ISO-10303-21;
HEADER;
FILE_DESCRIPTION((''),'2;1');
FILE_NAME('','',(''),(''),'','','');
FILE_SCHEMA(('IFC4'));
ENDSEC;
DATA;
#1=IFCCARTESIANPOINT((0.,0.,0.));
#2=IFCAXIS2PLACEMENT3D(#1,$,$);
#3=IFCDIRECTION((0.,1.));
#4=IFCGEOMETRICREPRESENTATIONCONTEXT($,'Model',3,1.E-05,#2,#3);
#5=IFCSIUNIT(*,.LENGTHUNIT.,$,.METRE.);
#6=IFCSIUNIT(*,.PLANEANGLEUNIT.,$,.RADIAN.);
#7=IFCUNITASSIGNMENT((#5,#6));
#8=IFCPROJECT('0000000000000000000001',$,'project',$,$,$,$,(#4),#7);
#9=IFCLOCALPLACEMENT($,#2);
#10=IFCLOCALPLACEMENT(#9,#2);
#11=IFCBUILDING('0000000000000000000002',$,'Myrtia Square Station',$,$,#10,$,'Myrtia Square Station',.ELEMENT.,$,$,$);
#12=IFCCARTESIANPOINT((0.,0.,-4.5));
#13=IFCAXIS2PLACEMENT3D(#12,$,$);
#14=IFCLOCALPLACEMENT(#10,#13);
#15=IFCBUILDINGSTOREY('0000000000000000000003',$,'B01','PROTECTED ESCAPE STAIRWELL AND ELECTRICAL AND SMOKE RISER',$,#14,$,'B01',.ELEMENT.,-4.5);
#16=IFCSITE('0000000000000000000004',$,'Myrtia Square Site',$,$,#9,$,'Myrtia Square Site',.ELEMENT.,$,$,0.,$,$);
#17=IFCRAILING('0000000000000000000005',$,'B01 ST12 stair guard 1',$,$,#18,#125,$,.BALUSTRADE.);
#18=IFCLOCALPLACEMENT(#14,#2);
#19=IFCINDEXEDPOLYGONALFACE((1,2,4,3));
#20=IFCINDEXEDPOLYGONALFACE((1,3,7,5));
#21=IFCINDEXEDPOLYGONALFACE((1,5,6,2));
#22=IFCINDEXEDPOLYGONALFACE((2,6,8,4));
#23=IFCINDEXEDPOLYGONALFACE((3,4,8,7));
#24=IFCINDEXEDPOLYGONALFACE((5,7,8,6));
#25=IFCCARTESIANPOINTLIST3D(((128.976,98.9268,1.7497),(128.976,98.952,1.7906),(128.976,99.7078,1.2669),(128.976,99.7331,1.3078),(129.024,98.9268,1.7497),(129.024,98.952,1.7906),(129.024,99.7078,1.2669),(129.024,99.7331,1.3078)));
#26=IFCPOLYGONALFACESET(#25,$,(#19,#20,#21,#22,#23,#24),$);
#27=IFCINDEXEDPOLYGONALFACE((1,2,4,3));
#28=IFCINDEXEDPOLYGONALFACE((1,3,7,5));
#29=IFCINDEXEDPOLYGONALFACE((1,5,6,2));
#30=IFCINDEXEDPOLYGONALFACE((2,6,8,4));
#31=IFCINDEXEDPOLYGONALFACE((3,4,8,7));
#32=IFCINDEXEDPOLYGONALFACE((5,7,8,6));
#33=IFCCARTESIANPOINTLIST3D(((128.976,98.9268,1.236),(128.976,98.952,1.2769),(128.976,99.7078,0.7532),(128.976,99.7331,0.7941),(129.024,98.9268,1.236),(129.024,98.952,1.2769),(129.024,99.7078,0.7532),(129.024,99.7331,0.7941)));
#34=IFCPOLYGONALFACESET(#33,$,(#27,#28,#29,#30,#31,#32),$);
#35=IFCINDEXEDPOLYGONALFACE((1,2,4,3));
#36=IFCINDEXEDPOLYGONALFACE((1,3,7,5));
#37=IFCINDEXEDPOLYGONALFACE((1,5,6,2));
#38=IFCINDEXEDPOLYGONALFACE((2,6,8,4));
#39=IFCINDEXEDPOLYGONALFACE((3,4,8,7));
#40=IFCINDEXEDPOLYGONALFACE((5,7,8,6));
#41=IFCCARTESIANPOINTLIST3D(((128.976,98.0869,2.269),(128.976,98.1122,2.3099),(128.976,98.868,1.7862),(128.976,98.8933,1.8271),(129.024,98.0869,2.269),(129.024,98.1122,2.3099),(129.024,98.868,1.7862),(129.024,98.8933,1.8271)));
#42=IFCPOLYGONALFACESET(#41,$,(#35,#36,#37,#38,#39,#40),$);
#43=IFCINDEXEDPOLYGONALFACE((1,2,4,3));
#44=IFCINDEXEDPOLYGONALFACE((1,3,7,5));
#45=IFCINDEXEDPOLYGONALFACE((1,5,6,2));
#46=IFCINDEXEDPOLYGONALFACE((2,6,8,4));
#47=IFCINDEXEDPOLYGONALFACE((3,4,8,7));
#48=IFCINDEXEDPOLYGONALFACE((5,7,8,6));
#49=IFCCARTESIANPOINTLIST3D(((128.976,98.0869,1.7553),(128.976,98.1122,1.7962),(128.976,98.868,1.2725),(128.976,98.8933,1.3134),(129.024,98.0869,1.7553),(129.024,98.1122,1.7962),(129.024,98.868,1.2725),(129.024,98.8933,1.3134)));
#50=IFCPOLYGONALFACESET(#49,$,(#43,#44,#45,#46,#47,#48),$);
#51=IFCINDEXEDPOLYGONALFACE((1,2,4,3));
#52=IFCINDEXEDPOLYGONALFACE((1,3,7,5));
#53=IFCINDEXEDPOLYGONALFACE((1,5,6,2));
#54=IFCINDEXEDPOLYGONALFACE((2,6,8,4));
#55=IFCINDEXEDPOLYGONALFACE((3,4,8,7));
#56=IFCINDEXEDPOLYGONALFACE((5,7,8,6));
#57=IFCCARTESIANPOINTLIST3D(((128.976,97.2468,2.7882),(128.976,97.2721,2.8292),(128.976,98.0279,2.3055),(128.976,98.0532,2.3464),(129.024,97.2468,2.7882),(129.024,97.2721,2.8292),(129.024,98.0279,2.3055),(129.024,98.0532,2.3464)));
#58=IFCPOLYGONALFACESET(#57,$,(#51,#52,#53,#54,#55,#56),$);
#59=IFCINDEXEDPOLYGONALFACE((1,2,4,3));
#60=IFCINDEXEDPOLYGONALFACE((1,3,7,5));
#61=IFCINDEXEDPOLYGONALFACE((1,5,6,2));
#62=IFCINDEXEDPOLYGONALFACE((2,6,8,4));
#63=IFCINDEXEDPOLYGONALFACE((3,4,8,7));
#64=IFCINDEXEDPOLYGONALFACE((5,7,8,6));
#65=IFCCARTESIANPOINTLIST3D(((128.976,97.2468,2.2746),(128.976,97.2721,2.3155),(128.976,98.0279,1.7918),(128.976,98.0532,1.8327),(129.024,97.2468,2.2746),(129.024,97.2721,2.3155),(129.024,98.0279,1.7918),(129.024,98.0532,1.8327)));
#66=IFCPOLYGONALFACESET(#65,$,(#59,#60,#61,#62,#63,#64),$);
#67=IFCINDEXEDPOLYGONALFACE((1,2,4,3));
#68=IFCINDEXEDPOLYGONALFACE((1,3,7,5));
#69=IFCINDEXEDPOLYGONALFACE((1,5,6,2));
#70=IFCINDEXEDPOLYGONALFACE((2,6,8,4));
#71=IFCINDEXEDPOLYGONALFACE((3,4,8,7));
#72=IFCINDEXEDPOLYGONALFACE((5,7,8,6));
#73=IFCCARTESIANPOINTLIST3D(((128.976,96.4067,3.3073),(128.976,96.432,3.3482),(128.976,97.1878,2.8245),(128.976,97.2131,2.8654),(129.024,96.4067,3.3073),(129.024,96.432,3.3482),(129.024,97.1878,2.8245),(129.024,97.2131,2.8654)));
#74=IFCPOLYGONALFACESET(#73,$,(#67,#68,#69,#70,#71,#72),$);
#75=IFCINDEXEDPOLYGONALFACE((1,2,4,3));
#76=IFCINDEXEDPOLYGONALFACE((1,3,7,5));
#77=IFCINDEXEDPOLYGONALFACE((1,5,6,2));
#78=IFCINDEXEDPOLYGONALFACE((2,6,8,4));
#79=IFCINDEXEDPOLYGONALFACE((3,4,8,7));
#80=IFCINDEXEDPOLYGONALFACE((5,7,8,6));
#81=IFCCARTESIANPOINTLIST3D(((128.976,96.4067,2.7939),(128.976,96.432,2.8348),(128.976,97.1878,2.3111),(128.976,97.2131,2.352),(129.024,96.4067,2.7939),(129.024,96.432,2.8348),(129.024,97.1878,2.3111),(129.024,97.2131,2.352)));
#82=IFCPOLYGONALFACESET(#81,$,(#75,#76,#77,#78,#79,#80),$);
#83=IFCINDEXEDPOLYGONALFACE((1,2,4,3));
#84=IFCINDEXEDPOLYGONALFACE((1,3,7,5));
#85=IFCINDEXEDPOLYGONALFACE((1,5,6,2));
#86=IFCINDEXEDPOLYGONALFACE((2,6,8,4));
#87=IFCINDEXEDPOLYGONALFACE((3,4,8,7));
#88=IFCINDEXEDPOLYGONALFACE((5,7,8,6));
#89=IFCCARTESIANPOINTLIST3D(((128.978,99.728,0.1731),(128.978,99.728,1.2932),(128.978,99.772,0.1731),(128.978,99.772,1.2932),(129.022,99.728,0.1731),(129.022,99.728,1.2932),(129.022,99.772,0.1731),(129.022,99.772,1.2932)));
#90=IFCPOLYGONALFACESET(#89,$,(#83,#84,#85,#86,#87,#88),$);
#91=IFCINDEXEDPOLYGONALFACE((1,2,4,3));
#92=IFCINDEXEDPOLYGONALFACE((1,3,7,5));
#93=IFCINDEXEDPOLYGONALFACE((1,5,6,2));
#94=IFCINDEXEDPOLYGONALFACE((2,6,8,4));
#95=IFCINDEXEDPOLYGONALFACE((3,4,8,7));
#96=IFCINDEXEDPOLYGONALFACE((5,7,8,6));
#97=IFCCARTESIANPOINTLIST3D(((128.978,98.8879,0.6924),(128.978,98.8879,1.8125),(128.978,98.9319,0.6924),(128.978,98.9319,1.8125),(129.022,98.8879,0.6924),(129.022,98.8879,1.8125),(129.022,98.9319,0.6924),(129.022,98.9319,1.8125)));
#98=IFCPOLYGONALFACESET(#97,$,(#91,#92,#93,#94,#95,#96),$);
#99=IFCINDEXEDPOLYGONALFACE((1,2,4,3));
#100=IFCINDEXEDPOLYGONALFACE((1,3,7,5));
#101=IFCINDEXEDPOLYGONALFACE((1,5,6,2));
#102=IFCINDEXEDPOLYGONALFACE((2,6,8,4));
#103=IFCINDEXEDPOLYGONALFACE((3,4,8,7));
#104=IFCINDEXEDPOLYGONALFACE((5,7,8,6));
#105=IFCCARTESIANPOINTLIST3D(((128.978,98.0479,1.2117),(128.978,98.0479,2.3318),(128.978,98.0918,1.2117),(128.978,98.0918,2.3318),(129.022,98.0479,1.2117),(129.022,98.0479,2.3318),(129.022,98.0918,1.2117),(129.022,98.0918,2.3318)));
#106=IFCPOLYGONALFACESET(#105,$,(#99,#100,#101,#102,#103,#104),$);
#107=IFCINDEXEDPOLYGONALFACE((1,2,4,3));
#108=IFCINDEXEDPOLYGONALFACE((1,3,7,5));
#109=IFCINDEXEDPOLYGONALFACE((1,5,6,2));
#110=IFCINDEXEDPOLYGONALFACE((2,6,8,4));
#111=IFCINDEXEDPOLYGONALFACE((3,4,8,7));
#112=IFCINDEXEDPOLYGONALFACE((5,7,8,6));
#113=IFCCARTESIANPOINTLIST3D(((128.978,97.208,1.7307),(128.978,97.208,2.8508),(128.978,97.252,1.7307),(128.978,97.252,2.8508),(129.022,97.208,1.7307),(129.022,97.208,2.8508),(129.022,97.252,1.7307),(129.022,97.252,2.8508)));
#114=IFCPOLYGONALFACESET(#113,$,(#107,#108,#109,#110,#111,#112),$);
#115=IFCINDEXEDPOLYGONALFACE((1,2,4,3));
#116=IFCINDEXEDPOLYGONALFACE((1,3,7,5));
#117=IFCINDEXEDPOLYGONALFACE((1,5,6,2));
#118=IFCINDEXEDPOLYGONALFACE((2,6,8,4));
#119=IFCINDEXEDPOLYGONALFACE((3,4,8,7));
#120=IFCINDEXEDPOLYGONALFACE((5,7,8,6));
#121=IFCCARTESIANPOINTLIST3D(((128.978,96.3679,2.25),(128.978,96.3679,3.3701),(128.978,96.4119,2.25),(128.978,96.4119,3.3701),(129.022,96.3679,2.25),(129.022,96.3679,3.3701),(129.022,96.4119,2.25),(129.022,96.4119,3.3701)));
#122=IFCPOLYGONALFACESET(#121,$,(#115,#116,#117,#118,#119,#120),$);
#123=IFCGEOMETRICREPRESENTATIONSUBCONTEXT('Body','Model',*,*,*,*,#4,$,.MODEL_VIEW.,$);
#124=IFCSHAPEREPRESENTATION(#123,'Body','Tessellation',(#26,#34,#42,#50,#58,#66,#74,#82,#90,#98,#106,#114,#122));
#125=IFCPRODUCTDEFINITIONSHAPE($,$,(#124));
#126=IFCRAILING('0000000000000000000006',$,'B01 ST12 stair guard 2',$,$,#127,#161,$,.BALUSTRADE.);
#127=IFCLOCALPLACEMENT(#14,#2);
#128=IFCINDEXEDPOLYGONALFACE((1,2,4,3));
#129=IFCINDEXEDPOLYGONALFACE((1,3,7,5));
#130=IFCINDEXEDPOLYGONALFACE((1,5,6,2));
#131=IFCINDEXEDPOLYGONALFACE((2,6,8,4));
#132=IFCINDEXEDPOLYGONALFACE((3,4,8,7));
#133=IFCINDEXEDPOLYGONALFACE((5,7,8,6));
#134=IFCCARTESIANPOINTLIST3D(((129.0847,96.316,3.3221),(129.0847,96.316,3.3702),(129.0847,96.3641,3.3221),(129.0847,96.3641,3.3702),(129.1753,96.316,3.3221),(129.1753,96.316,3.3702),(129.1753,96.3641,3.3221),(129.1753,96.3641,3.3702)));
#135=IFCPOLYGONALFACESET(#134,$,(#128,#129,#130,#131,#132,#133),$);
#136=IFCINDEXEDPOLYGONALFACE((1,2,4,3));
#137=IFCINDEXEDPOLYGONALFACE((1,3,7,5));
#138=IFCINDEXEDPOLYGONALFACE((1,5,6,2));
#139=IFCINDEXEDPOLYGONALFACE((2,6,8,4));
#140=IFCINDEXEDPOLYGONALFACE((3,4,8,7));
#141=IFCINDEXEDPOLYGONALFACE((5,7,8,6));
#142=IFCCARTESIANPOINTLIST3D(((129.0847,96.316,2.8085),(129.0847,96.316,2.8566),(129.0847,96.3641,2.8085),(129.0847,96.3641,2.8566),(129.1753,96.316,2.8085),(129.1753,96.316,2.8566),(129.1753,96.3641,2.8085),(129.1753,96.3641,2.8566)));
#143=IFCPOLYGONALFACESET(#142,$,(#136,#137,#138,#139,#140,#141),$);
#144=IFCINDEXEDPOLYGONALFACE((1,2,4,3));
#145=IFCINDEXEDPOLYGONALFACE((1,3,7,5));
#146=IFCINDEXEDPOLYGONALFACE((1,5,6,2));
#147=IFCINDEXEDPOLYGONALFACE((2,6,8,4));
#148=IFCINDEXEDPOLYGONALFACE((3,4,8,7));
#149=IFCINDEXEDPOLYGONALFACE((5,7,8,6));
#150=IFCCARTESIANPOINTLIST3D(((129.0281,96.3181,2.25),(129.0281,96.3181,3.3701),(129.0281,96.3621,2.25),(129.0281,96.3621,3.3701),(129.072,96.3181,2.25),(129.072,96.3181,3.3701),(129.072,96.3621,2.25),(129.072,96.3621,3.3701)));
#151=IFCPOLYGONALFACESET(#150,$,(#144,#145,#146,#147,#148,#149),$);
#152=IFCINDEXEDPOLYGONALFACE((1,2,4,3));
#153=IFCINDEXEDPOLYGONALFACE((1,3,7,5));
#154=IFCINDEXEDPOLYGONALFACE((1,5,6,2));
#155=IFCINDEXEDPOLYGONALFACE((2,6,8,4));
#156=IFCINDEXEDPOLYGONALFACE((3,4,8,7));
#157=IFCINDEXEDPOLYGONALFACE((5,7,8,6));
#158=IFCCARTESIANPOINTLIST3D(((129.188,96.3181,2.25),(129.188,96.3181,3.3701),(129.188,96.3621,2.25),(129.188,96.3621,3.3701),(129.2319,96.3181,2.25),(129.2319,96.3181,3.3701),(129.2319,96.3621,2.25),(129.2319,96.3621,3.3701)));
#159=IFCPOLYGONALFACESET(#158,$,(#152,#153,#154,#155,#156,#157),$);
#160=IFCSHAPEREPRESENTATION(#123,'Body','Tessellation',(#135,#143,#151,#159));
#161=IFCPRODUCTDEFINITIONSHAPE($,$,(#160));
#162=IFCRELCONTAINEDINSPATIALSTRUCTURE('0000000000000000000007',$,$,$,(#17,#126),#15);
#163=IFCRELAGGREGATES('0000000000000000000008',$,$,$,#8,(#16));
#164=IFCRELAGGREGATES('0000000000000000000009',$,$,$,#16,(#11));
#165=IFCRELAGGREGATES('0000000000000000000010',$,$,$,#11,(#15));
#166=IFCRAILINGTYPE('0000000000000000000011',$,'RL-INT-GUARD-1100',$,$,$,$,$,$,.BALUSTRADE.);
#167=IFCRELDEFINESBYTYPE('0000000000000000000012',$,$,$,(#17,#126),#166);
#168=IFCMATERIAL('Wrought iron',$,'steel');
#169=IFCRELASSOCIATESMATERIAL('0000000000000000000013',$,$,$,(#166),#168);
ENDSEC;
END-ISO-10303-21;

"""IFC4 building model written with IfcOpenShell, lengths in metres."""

from ifc_helpers import new_model, si_unit, direction, frame, origin, origin_2d, place, context, subcontext, project, spatial, rectangle, extrude, material, type_object, element, save


model = new_model("IFC4")

# Units and contexts
model_context = context("Model", 3, precision=1e-05, world=origin(), true_north=direction((0.0, 1.0)))
body_context = subcontext(model_context, "Body", "Model", "MODEL_VIEW")
ifc_project = project(units=[si_unit("LENGTHUNIT", "METRE"), si_unit("PLANEANGLEUNIT", "RADIAN")], contexts=[model_context])

# Site, building, storey
site_placement = place(None, origin())
site = spatial("IfcSite", under=ifc_project, at=site_placement, Name="Myrtia Square Site", LongName="Myrtia Square Site", CompositionType="ELEMENT", RefElevation=0.0)
building_placement = place(site_placement, origin())
building = spatial("IfcBuilding", under=site, at=building_placement, Name="Myrtia Square Station", LongName="Myrtia Square Station", CompositionType="ELEMENT")
storey_placement = place(building_placement, frame((0.0, 0.0, -4.5)))
storey = spatial("IfcBuildingStorey", under=building, at=storey_placement, Name="B01", Description="PROTECTED ESCAPE STAIRWELL AND ELECTRICAL AND SMOKE RISER", LongName="B01", CompositionType="ELEMENT", Elevation=-4.5)

# Railings
ifc_material_1 = material(Name="Wrought iron", Category="steel")
railing_type_1 = type_object("IfcRailingType", Name="RL-INT-GUARD-1100", PredefinedType="BALUSTRADE", material=ifc_material_1)
railing_1_placement = place(storey_placement, frame((129.0, 99.75, 0.1731)))
element("IfcRailing", 1, at=railing_1_placement, inside=storey, type_object=railing_type_1, Name="B01 ST12 stair guard 1", PredefinedType="BALUSTRADE", context=body_context, shape_type="SweptSolid", body=[
    extrude(rectangle(XDim=0.0481, YDim=0.0481, at=origin_2d()), frame((0.0, -0.0295, 1.1143), z_axis=(0.0, -0.850623, 0.525776), x_axis=(1.0, 0.0, 0.0)), (0.0, 0.0, 1.0), 0.9182),
    extrude(rectangle(XDim=0.0481, YDim=0.0481, at=origin_2d()), frame((0.0, -0.0295, 0.6006), z_axis=(0.0, -0.850623, 0.525776), x_axis=(1.0, 0.0, 0.0)), (0.0, 0.0, 1.0), 0.9182),
    extrude(rectangle(XDim=0.0481, YDim=0.0481, at=origin_2d()), frame((0.0, -0.8694, 1.6335), z_axis=(0.0, -0.850623, 0.525776), x_axis=(1.0, 0.0, 0.0)), (0.0, 0.0, 1.0), 0.9182),
    extrude(rectangle(XDim=0.0481, YDim=0.0481, at=origin_2d()), frame((0.0, -0.8694, 1.1199), z_axis=(0.0, -0.850623, 0.525776), x_axis=(1.0, 0.0, 0.0)), (0.0, 0.0, 1.0), 0.9182),
    extrude(rectangle(XDim=0.0481, YDim=0.0481, at=origin_2d()), frame((0.0, -1.7095, 2.1528), z_axis=(0.0, -0.850623, 0.525776), x_axis=(1.0, 0.0, 0.0)), (0.0, 0.0, 1.0), 0.9182),
    extrude(rectangle(XDim=0.0481, YDim=0.0481, at=origin_2d()), frame((0.0, -1.7095, 1.6392), z_axis=(0.0, -0.850623, 0.525776), x_axis=(1.0, 0.0, 0.0)), (0.0, 0.0, 1.0), 0.9182),
    extrude(rectangle(XDim=0.0481, YDim=0.0481, at=origin_2d()), frame((0.0, -2.5496, 2.6719), z_axis=(0.0, -0.850623, 0.525776), x_axis=(1.0, 0.0, 0.0)), (0.0, 0.0, 1.0), 0.9182),
    extrude(rectangle(XDim=0.0481, YDim=0.0481, at=origin_2d()), frame((0.0, -2.5496, 2.1584), z_axis=(0.0, -0.850623, 0.525776), x_axis=(1.0, 0.0, 0.0)), (0.0, 0.0, 1.0), 0.9182),
    extrude(rectangle(XDim=0.0439, YDim=0.0439, at=origin_2d()), origin(), (0.0, 0.0, 1.0), 1.1201),
    extrude(rectangle(XDim=0.0439, YDim=0.0439, at=origin_2d()), frame((0.0, -0.8401, 0.5193)), (0.0, 0.0, 1.0), 1.1201),
    extrude(rectangle(XDim=0.0439, YDim=0.0439, at=origin_2d()), frame((0.0, -1.6802, 1.0386)), (0.0, 0.0, 1.0), 1.1201),
    extrude(rectangle(XDim=0.0439, YDim=0.0439, at=origin_2d()), frame((0.0, -2.52, 1.5576)), (0.0, 0.0, 1.0), 1.1201),
    extrude(rectangle(XDim=0.0439, YDim=0.0439, at=origin_2d()), frame((0.0, -3.3601, 2.0769)), (0.0, 0.0, 1.0), 1.1201),
])
railing_2_placement = place(storey_placement, frame((129.05, 96.3401, 2.25)))
element("IfcRailing", 2, at=railing_2_placement, inside=storey, type_object=railing_type_1, Name="B01 ST12 stair guard 2", PredefinedType="BALUSTRADE", context=body_context, shape_type="SweptSolid", body=[
    extrude(rectangle(XDim=0.0481, YDim=0.0481, at=origin_2d()), frame((0.0347, 0.0, 1.0962), z_axis=(1.0, 0.0, 0.0), x_axis=(0.0, 1.0, 0.0)), (0.0, 0.0, 1.0), 0.0906),
    extrude(rectangle(XDim=0.0481, YDim=0.0481, at=origin_2d()), frame((0.0347, 0.0, 0.5825), z_axis=(1.0, 0.0, 0.0), x_axis=(0.0, 1.0, 0.0)), (0.0, 0.0, 1.0), 0.0906),
    extrude(rectangle(XDim=0.0439, YDim=0.0439, at=origin_2d()), origin(), (0.0, 0.0, 1.0), 1.1201),
    extrude(rectangle(XDim=0.0439, YDim=0.0439, at=origin_2d()), frame((0.1599, 0.0, 0.0)), (0.0, 0.0, 1.0), 1.1201),
])

save(model, "model.ifc")
